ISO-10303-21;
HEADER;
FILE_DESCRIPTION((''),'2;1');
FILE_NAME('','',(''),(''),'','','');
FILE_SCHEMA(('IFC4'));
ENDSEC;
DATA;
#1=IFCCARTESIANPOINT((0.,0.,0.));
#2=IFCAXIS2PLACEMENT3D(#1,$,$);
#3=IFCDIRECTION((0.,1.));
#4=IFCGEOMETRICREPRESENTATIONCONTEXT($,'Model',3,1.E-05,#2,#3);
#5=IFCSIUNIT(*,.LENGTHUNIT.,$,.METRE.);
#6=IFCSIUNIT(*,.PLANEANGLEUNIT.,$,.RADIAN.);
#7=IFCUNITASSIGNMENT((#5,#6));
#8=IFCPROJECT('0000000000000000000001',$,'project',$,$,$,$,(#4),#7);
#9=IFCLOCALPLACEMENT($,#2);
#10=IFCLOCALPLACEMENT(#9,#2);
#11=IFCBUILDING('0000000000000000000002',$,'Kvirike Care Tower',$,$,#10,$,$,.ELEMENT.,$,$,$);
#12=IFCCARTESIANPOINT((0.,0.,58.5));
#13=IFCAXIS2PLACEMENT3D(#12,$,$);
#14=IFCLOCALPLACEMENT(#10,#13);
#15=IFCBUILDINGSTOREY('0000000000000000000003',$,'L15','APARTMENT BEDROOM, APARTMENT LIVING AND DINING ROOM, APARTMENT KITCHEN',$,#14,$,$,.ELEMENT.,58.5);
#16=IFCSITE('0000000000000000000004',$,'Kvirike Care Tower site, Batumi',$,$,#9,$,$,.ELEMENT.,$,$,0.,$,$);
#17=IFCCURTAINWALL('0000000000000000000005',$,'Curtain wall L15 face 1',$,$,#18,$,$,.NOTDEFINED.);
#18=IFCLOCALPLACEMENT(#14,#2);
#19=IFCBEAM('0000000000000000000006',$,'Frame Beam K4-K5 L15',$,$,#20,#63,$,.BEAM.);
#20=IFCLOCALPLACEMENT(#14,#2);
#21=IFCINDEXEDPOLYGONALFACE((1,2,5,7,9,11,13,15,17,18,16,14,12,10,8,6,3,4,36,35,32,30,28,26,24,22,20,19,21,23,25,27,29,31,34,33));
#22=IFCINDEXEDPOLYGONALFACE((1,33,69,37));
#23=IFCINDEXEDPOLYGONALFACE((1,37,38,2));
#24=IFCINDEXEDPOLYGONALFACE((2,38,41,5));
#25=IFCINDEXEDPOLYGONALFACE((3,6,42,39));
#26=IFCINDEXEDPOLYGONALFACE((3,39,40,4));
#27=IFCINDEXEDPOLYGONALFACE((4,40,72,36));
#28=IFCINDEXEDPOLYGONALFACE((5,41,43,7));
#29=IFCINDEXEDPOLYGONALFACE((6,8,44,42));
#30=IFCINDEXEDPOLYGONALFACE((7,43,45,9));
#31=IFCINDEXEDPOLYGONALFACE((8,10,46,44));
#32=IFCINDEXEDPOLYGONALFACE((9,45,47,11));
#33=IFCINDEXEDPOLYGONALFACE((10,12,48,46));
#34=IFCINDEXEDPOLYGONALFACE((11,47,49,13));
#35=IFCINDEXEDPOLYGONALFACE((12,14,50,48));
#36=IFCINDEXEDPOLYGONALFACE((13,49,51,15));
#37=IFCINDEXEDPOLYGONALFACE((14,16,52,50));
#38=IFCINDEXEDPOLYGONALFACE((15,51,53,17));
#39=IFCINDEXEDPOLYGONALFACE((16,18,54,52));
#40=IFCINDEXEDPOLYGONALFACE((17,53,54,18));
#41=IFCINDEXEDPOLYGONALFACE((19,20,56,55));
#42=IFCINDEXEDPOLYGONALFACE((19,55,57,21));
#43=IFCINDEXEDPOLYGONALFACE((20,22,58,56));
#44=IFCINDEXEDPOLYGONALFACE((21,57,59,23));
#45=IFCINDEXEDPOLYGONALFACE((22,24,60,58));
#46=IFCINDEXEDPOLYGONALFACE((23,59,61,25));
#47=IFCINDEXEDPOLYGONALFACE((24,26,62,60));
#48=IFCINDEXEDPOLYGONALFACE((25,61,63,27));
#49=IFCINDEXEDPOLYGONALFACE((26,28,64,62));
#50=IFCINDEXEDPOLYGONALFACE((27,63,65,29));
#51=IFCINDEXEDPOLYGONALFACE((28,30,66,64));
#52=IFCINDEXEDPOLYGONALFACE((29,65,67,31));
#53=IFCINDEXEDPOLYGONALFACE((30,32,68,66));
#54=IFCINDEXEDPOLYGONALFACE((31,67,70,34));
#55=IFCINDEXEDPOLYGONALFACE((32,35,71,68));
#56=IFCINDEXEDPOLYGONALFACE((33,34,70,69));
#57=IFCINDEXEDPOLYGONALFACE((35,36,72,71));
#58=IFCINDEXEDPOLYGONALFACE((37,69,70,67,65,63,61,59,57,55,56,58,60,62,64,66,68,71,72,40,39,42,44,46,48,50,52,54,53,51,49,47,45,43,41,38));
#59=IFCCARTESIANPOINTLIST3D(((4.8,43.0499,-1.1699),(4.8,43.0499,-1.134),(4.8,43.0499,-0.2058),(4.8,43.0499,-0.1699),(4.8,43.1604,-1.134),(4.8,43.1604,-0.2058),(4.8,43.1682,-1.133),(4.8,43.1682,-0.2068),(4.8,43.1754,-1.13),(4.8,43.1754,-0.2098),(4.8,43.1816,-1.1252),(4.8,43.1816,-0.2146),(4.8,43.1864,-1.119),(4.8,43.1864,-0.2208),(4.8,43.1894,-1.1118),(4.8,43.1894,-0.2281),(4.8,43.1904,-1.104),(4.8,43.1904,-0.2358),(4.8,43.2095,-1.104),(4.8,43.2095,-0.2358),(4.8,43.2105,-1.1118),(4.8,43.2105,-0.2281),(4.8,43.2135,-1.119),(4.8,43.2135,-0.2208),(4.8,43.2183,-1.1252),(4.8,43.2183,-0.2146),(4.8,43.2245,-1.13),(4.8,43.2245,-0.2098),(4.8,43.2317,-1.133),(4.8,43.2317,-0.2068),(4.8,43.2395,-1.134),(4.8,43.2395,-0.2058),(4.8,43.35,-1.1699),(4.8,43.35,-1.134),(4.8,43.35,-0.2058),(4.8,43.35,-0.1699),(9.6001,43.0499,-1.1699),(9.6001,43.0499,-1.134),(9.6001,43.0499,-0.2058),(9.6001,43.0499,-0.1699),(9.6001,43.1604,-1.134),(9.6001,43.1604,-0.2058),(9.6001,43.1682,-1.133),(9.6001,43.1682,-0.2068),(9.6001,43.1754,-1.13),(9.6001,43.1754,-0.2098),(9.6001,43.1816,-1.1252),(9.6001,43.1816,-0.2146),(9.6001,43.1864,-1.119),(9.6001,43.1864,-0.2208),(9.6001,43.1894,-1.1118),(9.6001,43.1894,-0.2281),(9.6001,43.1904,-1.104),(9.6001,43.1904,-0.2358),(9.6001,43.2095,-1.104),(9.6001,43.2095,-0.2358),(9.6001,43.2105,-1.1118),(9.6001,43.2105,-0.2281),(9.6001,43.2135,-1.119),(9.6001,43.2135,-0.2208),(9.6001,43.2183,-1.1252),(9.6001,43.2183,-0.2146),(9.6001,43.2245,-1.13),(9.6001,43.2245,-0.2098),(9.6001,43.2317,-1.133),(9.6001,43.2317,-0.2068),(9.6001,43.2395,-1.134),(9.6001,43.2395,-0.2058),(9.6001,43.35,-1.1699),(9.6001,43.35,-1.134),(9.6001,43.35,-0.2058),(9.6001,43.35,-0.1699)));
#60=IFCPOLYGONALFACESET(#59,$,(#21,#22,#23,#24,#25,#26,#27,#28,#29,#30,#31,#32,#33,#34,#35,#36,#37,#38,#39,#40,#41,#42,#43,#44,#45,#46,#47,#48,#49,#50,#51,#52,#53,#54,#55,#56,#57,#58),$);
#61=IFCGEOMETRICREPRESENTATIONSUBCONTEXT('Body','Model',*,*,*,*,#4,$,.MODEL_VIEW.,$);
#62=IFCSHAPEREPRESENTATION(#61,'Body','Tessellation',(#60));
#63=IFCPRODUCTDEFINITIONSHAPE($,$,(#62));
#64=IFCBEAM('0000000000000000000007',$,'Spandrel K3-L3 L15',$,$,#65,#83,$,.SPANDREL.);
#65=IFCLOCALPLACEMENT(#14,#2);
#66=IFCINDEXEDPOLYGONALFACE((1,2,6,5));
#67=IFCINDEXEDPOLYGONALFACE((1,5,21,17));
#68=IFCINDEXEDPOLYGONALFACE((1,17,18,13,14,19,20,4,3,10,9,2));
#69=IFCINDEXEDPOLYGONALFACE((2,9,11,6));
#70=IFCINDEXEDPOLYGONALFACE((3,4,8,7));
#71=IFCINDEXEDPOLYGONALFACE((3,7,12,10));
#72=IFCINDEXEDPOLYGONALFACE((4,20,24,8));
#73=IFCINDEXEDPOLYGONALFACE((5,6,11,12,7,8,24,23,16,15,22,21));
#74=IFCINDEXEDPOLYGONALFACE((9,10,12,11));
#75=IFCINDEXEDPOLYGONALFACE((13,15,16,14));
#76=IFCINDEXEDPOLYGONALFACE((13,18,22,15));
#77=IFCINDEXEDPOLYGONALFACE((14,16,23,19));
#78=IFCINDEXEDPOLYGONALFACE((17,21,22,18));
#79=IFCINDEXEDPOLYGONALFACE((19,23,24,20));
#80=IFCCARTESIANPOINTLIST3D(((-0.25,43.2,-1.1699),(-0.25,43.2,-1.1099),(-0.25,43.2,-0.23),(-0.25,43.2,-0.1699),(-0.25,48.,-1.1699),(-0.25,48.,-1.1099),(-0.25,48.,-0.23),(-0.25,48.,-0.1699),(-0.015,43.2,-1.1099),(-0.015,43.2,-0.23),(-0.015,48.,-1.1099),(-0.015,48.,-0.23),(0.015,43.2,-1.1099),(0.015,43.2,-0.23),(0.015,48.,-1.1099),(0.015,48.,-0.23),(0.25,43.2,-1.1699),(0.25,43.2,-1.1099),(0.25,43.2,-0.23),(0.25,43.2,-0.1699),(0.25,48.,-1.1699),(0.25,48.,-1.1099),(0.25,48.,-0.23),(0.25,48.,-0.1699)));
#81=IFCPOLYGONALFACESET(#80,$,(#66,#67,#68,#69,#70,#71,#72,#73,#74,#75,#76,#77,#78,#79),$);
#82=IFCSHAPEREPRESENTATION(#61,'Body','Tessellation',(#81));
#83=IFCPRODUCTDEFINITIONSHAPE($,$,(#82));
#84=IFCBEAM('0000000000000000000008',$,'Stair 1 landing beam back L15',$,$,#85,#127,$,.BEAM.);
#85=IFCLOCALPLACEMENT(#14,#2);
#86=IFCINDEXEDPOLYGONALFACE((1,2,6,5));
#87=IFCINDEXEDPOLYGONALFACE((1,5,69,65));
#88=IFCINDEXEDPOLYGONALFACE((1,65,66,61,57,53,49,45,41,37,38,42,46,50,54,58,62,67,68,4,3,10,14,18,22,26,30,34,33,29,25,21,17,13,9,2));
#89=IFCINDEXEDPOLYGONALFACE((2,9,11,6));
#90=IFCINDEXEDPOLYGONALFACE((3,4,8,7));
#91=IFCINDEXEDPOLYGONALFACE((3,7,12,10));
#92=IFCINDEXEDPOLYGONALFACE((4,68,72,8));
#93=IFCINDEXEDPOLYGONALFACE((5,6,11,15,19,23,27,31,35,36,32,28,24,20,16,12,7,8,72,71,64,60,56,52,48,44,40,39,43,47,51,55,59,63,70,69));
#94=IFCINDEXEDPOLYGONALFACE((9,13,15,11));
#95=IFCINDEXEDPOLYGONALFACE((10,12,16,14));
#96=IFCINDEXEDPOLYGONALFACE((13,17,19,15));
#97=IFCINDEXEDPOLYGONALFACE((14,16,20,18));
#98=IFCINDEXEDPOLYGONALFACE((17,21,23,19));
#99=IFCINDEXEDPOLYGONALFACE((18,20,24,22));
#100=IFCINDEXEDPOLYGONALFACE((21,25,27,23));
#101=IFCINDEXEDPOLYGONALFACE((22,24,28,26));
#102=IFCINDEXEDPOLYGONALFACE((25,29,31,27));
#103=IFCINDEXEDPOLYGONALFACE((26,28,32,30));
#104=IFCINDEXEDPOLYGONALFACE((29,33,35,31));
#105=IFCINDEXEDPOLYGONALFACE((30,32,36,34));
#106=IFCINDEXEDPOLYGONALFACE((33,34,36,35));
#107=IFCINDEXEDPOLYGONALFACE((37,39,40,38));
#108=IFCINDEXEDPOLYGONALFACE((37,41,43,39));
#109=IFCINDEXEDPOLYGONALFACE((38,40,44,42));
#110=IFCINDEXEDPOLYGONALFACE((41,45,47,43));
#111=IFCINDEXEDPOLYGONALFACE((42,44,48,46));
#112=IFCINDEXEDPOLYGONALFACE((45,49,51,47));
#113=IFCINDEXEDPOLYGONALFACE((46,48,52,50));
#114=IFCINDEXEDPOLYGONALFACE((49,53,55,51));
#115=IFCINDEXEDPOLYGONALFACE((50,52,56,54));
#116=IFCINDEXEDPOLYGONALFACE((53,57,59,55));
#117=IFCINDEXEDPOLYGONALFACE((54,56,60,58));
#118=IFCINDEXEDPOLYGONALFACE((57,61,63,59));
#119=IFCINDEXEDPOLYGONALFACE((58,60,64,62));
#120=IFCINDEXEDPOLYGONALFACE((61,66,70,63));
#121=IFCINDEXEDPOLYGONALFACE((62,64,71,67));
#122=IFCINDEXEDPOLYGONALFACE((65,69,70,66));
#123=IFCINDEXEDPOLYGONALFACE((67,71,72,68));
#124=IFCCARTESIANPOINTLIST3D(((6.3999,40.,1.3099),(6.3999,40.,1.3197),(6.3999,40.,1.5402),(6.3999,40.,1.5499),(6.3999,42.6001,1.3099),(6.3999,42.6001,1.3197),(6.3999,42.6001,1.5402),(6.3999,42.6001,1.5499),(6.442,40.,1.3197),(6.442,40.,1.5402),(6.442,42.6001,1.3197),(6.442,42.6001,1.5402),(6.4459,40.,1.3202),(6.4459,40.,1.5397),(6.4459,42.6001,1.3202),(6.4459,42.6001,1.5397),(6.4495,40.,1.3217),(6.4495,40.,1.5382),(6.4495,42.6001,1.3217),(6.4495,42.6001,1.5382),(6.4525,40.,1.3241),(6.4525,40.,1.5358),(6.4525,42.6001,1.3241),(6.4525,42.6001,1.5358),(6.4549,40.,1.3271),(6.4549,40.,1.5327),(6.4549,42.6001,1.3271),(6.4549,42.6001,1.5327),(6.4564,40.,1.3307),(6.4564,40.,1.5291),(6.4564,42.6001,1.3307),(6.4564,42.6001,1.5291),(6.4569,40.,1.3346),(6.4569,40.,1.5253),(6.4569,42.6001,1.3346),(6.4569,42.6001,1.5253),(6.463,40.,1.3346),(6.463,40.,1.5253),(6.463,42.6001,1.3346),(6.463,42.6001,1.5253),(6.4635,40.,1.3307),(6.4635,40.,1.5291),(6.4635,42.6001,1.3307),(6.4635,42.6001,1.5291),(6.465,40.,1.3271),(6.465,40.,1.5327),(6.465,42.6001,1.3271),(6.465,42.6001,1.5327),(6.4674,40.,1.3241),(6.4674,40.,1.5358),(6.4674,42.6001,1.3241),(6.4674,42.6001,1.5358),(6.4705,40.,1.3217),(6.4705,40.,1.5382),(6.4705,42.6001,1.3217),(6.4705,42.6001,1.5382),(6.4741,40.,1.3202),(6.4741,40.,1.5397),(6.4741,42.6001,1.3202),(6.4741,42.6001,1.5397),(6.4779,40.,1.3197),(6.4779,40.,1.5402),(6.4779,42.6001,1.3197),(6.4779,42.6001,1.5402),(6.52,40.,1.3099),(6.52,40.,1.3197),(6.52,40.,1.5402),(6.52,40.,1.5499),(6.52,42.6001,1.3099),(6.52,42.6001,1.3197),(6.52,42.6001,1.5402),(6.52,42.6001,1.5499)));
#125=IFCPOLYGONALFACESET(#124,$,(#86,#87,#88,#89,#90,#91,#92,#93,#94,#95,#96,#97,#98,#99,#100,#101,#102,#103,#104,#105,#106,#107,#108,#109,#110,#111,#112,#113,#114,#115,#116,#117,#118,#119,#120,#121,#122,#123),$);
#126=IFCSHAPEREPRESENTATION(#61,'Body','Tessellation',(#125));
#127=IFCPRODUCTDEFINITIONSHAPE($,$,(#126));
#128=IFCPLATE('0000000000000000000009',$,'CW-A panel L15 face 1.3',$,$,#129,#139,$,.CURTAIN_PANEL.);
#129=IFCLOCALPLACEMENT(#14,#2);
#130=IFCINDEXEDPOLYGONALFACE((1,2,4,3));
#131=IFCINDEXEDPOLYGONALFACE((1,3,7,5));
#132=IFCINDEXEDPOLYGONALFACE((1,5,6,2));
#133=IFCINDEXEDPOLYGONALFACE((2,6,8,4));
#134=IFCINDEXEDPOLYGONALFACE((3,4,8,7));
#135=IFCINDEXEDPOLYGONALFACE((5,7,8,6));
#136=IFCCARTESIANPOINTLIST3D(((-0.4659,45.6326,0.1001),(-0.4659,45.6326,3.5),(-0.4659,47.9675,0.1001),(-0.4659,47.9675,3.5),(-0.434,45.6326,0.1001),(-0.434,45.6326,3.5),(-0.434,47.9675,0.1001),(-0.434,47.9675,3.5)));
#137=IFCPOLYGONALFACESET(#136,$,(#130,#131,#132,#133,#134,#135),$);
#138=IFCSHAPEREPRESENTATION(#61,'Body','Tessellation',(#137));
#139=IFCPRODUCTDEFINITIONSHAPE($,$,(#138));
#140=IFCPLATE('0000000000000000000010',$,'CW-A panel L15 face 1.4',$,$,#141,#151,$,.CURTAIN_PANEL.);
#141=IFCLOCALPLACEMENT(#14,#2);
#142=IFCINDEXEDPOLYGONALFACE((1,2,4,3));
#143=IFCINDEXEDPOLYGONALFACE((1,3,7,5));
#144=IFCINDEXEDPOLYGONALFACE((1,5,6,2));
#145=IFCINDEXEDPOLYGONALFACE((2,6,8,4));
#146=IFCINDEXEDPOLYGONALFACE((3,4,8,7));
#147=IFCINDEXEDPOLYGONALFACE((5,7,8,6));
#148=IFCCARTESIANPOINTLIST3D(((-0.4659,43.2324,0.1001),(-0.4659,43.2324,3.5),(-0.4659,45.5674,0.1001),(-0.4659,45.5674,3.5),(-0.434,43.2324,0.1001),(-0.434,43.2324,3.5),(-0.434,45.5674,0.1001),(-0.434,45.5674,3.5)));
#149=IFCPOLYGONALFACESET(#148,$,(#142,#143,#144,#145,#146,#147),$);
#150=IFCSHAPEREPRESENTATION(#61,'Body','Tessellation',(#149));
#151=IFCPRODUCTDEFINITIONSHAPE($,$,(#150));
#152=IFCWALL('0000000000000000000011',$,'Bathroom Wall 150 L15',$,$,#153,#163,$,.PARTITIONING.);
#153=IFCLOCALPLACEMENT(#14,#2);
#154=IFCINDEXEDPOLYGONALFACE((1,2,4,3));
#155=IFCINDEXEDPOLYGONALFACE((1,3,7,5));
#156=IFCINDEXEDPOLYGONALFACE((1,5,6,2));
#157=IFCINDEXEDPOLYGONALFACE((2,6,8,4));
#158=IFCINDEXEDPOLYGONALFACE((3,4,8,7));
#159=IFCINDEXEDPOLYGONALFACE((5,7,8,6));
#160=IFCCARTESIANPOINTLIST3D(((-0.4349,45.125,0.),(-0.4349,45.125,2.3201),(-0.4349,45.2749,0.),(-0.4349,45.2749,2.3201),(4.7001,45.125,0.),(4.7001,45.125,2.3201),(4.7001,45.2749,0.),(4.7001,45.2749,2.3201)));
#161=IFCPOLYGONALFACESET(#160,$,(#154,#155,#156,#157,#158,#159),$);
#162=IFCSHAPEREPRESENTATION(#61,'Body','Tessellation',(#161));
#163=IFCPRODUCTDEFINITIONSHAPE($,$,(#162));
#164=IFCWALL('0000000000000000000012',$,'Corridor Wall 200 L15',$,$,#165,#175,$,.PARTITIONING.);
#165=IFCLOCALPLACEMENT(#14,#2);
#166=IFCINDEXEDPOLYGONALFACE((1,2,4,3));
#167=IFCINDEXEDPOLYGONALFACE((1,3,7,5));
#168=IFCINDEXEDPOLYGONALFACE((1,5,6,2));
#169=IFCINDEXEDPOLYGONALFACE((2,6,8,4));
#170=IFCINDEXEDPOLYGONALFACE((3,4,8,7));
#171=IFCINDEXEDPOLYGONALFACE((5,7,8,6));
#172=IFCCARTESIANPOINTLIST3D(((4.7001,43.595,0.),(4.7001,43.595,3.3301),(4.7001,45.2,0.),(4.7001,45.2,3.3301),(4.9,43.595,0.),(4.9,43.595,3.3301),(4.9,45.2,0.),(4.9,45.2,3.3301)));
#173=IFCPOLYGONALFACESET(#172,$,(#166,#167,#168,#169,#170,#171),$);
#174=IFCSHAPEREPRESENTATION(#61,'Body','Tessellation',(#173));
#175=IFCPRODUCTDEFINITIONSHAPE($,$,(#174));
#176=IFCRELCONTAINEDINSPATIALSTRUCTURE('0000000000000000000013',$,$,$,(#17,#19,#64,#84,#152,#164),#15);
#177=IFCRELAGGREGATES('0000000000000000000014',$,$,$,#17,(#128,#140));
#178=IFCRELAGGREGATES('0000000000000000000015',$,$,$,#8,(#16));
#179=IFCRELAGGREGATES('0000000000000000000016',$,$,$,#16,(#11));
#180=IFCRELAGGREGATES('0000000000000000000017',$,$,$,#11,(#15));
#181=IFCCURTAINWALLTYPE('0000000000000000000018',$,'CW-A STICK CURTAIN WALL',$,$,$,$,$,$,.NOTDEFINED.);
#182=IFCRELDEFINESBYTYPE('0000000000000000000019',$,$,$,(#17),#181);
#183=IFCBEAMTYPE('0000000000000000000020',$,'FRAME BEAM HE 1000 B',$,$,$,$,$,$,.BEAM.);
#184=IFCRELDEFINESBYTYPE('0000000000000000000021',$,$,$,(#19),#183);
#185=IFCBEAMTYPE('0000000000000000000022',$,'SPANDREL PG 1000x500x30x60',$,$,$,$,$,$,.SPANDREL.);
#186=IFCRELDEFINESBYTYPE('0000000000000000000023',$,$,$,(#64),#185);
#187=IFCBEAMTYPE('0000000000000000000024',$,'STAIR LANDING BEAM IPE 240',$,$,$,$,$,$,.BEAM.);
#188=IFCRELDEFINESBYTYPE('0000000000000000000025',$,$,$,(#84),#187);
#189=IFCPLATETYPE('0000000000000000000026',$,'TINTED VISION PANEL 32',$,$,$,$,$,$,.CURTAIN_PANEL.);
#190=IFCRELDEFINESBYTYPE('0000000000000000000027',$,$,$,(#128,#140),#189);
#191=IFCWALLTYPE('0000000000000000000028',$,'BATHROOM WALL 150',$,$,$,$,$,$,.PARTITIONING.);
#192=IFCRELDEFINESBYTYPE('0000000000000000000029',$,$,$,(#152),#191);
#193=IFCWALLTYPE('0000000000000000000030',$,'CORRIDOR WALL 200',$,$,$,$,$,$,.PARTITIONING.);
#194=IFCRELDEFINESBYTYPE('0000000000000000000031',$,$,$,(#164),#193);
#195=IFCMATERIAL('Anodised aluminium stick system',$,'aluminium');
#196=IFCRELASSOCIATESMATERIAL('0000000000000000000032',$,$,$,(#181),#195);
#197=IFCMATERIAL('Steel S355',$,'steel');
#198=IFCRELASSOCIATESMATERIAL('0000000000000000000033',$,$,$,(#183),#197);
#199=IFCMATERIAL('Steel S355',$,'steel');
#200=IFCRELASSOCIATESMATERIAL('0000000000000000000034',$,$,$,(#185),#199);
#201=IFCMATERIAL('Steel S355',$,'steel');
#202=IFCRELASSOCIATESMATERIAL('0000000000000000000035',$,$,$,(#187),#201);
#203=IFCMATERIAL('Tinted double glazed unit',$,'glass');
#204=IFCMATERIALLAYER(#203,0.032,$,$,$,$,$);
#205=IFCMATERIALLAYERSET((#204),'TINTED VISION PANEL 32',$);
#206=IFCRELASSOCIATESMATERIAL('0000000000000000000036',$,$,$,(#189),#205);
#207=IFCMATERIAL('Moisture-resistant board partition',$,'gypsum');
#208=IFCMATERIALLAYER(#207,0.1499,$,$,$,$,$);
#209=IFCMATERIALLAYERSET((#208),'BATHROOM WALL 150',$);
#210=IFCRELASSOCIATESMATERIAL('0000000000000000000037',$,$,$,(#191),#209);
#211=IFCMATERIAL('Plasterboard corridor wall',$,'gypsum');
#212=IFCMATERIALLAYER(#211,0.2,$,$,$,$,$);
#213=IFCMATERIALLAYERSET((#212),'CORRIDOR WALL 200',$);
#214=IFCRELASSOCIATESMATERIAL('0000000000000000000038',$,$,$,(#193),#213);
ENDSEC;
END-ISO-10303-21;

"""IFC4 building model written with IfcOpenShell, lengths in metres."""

from ifc_helpers import new_model, si_unit, direction, frame, frame_2d, origin, origin_2d, place, context, subcontext, project, spatial, rectangle, i_section, extrude, material, layer, layer_set, material_profile, profile_set, type_object, element, aggregate, save


model = new_model("IFC4")

# Units and contexts
model_context = context("Model", 3, precision=1e-05, world=origin(), true_north=direction((0.0, 1.0)))
body_context = subcontext(model_context, "Body", "Model", "MODEL_VIEW")
ifc_project = project(units=[si_unit("LENGTHUNIT", "METRE"), si_unit("PLANEANGLEUNIT", "RADIAN")], contexts=[model_context])

# Site, building, storey
site_placement = place(None, origin())
site = spatial("IfcSite", under=ifc_project, at=site_placement, Name="Kvirike Care Tower site, Batumi", CompositionType="ELEMENT", RefElevation=0.0)
building_placement = place(site_placement, origin())
building = spatial("IfcBuilding", under=site, at=building_placement, Name="Kvirike Care Tower", CompositionType="ELEMENT")
storey_placement = place(building_placement, frame((0.0, 0.0, 58.5)))
storey = spatial("IfcBuildingStorey", under=building, at=storey_placement, Name="L15", Description="APARTMENT BEDROOM, APARTMENT LIVING AND DINING ROOM, APARTMENT KITCHEN", CompositionType="ELEMENT", Elevation=58.5)

# Curtain wall
ifc_material_1 = material(Name="Anodised aluminium stick system", Category="aluminium")
curtain_wall_type = type_object("IfcCurtainWallType", Name="CW-A STICK CURTAIN WALL", PredefinedType="NOTDEFINED", material=ifc_material_1)
curtain_wall_placement = place(storey_placement, origin())
curtain_wall = element("IfcCurtainWall", 1, at=curtain_wall_placement, inside=storey, type_object=curtain_wall_type, Name="Curtain wall L15 face 1", PredefinedType="NOTDEFINED")

# Beams
ifc_material_2 = material(Name="Steel S355", Category="steel")
ifc_material_profile_1 = material_profile(ifc_material_2, i_section(OverallWidth=0.3, OverallDepth=1.0, WebThickness=0.019, FlangeThickness=0.0359, FilletRadius=0.03, at=origin_2d()), Name="HE 1000 B")
ifc_profile_set_1 = profile_set([ifc_material_profile_1], Name="Steel S355")
beam_type_1 = type_object("IfcBeamType", Name="FRAME BEAM HE 1000 B", PredefinedType="BEAM", material=ifc_profile_set_1)
for number, where, z_axis, x_axis, name in (
    (2, (4.8, 43.2, -0.6699), (1.0, 0.0, 0.0), (0.0, 1.0, 0.0), "Frame Beam K4-K5 L15"),
):
    element("IfcBeam", number, at=place(storey_placement, frame(where, z_axis=z_axis, x_axis=x_axis)), inside=storey, type_object=beam_type_1, Name=name, PredefinedType="BEAM", context=body_context, shape_type="SweptSolid", body=[
        extrude(i_section(OverallWidth=0.3, OverallDepth=1.0, WebThickness=0.019, FlangeThickness=0.0359, FilletRadius=0.03, at=origin_2d()), origin(), (0.0, 0.0, 1.0), 4.8),
    ])
ifc_material_3 = material(Name="Steel S355", Category="steel")
ifc_material_profile_2 = material_profile(ifc_material_3, i_section(OverallWidth=0.5, OverallDepth=1.0, WebThickness=0.03, FlangeThickness=0.0601, at=origin_2d()), Name="PG 1000x500x30x60")
ifc_profile_set_2 = profile_set([ifc_material_profile_2], Name="Steel S355")
beam_type_2 = type_object("IfcBeamType", Name="SPANDREL PG 1000x500x30x60", PredefinedType="SPANDREL", material=ifc_profile_set_2)
beam_1_placement = place(storey_placement, frame((0.0, 43.2, -0.6699), z_axis=(0.0, 1.0, 0.0), x_axis=(-1.0, 0.0, 0.0)))
element("IfcBeam", 3, at=beam_1_placement, inside=storey, type_object=beam_type_2, Name="Spandrel K3-L3 L15", PredefinedType="SPANDREL", context=body_context, shape_type="SweptSolid", body=[
    extrude(i_section(OverallWidth=0.5, OverallDepth=1.0, WebThickness=0.03, FlangeThickness=0.0601, at=origin_2d()), origin(), (0.0, 0.0, 1.0), 4.8),
])
ifc_material_4 = material(Name="Steel S355", Category="steel")
ifc_material_profile_3 = material_profile(ifc_material_4, i_section(OverallWidth=0.1201, OverallDepth=0.24, WebThickness=0.0061, FlangeThickness=0.0098, FilletRadius=0.0149, at=origin_2d()), Name="IPE 240")
ifc_profile_set_3 = profile_set([ifc_material_profile_3], Name="Steel S355")
beam_type_3 = type_object("IfcBeamType", Name="STAIR LANDING BEAM IPE 240", PredefinedType="BEAM", material=ifc_profile_set_3)
beam_2_placement = place(storey_placement, frame((6.46, 42.6001, 1.4299), z_axis=(0.0, -1.0, 0.0), x_axis=(1.0, 0.0, 0.0)))
element("IfcBeam", 4, at=beam_2_placement, inside=storey, type_object=beam_type_3, Name="Stair 1 landing beam back L15", PredefinedType="BEAM", context=body_context, shape_type="SweptSolid", body=[
    extrude(i_section(OverallWidth=0.1201, OverallDepth=0.24, WebThickness=0.0061, FlangeThickness=0.0098, FilletRadius=0.0149, at=origin_2d()), origin(), (0.0, 0.0, 1.0), 2.6001),
])

# Plates
ifc_material_5 = material(Name="Tinted double glazed unit", Category="glass")
ifc_layer_1 = layer(ifc_material_5, 0.032)
ifc_layer_set_1 = layer_set([ifc_layer_1], Name="TINTED VISION PANEL 32")
plate_type = type_object("IfcPlateType", Name="TINTED VISION PANEL 32", PredefinedType="CURTAIN_PANEL", material=ifc_layer_set_1)
plate_1_placement = place(storey_placement, frame((-0.45, 46.8, 0.1001), z_axis=(0.0, 0.0, 1.0), x_axis=(0.0, -1.0, 0.0)))
plate_1 = element("IfcPlate", 5, at=plate_1_placement, type_object=plate_type, Name="CW-A panel L15 face 1.3", PredefinedType="CURTAIN_PANEL", context=body_context, shape_type="SweptSolid", body=[
    extrude(rectangle(XDim=2.335, YDim=0.032, at=origin_2d()), origin(), (0.0, 0.0, 1.0), 3.3999),
])
plate_2_placement = place(storey_placement, frame((-0.45, 44.3999, 0.1001), z_axis=(0.0, 0.0, 1.0), x_axis=(0.0, -1.0, 0.0)))
plate_2 = element("IfcPlate", 6, at=plate_2_placement, type_object=plate_type, Name="CW-A panel L15 face 1.4", PredefinedType="CURTAIN_PANEL", context=body_context, shape_type="SweptSolid", body=[
    extrude(rectangle(XDim=2.335, YDim=0.032, at=origin_2d()), origin(), (0.0, 0.0, 1.0), 3.3999),
])
aggregate(curtain_wall, [plate_1, plate_2])

# Walls
ifc_material_6 = material(Name="Moisture-resistant board partition", Category="gypsum")
ifc_layer_2 = layer(ifc_material_6, 0.1499)
ifc_layer_set_2 = layer_set([ifc_layer_2], Name="BATHROOM WALL 150")
wall_type_1 = type_object("IfcWallType", Name="BATHROOM WALL 150", PredefinedType="PARTITIONING", material=ifc_layer_set_2)
wall_1_placement = place(storey_placement, frame((4.7, 45.2, 0.0), z_axis=(0.0, 0.0, 1.0), x_axis=(-1.0, 0.0, 0.0)))
element("IfcWall", 7, at=wall_1_placement, inside=storey, type_object=wall_type_1, Name="Bathroom Wall 150 L15", PredefinedType="PARTITIONING", context=body_context, shape_type="SweptSolid", body=[
    extrude(rectangle(XDim=5.135, YDim=0.1499, at=frame_2d((2.5674, 0.0))), origin(), (0.0, 0.0, 1.0), 2.3201),
])
ifc_material_7 = material(Name="Plasterboard corridor wall", Category="gypsum")
ifc_layer_3 = layer(ifc_material_7, 0.2)
ifc_layer_set_3 = layer_set([ifc_layer_3], Name="CORRIDOR WALL 200")
wall_type_2 = type_object("IfcWallType", Name="CORRIDOR WALL 200", PredefinedType="PARTITIONING", material=ifc_layer_set_3)
wall_2_placement = place(storey_placement, frame((4.8, 45.2, 0.0), z_axis=(0.0, 0.0, 1.0), x_axis=(0.0, -1.0, 0.0)))
element("IfcWall", 8, at=wall_2_placement, inside=storey, type_object=wall_type_2, Name="Corridor Wall 200 L15", PredefinedType="PARTITIONING", context=body_context, shape_type="SweptSolid", body=[
    extrude(rectangle(XDim=1.605, YDim=0.2, at=frame_2d((0.8025, 0.0))), origin(), (0.0, 0.0, 1.0), 3.3301),
])

save(model, "model.ifc")
